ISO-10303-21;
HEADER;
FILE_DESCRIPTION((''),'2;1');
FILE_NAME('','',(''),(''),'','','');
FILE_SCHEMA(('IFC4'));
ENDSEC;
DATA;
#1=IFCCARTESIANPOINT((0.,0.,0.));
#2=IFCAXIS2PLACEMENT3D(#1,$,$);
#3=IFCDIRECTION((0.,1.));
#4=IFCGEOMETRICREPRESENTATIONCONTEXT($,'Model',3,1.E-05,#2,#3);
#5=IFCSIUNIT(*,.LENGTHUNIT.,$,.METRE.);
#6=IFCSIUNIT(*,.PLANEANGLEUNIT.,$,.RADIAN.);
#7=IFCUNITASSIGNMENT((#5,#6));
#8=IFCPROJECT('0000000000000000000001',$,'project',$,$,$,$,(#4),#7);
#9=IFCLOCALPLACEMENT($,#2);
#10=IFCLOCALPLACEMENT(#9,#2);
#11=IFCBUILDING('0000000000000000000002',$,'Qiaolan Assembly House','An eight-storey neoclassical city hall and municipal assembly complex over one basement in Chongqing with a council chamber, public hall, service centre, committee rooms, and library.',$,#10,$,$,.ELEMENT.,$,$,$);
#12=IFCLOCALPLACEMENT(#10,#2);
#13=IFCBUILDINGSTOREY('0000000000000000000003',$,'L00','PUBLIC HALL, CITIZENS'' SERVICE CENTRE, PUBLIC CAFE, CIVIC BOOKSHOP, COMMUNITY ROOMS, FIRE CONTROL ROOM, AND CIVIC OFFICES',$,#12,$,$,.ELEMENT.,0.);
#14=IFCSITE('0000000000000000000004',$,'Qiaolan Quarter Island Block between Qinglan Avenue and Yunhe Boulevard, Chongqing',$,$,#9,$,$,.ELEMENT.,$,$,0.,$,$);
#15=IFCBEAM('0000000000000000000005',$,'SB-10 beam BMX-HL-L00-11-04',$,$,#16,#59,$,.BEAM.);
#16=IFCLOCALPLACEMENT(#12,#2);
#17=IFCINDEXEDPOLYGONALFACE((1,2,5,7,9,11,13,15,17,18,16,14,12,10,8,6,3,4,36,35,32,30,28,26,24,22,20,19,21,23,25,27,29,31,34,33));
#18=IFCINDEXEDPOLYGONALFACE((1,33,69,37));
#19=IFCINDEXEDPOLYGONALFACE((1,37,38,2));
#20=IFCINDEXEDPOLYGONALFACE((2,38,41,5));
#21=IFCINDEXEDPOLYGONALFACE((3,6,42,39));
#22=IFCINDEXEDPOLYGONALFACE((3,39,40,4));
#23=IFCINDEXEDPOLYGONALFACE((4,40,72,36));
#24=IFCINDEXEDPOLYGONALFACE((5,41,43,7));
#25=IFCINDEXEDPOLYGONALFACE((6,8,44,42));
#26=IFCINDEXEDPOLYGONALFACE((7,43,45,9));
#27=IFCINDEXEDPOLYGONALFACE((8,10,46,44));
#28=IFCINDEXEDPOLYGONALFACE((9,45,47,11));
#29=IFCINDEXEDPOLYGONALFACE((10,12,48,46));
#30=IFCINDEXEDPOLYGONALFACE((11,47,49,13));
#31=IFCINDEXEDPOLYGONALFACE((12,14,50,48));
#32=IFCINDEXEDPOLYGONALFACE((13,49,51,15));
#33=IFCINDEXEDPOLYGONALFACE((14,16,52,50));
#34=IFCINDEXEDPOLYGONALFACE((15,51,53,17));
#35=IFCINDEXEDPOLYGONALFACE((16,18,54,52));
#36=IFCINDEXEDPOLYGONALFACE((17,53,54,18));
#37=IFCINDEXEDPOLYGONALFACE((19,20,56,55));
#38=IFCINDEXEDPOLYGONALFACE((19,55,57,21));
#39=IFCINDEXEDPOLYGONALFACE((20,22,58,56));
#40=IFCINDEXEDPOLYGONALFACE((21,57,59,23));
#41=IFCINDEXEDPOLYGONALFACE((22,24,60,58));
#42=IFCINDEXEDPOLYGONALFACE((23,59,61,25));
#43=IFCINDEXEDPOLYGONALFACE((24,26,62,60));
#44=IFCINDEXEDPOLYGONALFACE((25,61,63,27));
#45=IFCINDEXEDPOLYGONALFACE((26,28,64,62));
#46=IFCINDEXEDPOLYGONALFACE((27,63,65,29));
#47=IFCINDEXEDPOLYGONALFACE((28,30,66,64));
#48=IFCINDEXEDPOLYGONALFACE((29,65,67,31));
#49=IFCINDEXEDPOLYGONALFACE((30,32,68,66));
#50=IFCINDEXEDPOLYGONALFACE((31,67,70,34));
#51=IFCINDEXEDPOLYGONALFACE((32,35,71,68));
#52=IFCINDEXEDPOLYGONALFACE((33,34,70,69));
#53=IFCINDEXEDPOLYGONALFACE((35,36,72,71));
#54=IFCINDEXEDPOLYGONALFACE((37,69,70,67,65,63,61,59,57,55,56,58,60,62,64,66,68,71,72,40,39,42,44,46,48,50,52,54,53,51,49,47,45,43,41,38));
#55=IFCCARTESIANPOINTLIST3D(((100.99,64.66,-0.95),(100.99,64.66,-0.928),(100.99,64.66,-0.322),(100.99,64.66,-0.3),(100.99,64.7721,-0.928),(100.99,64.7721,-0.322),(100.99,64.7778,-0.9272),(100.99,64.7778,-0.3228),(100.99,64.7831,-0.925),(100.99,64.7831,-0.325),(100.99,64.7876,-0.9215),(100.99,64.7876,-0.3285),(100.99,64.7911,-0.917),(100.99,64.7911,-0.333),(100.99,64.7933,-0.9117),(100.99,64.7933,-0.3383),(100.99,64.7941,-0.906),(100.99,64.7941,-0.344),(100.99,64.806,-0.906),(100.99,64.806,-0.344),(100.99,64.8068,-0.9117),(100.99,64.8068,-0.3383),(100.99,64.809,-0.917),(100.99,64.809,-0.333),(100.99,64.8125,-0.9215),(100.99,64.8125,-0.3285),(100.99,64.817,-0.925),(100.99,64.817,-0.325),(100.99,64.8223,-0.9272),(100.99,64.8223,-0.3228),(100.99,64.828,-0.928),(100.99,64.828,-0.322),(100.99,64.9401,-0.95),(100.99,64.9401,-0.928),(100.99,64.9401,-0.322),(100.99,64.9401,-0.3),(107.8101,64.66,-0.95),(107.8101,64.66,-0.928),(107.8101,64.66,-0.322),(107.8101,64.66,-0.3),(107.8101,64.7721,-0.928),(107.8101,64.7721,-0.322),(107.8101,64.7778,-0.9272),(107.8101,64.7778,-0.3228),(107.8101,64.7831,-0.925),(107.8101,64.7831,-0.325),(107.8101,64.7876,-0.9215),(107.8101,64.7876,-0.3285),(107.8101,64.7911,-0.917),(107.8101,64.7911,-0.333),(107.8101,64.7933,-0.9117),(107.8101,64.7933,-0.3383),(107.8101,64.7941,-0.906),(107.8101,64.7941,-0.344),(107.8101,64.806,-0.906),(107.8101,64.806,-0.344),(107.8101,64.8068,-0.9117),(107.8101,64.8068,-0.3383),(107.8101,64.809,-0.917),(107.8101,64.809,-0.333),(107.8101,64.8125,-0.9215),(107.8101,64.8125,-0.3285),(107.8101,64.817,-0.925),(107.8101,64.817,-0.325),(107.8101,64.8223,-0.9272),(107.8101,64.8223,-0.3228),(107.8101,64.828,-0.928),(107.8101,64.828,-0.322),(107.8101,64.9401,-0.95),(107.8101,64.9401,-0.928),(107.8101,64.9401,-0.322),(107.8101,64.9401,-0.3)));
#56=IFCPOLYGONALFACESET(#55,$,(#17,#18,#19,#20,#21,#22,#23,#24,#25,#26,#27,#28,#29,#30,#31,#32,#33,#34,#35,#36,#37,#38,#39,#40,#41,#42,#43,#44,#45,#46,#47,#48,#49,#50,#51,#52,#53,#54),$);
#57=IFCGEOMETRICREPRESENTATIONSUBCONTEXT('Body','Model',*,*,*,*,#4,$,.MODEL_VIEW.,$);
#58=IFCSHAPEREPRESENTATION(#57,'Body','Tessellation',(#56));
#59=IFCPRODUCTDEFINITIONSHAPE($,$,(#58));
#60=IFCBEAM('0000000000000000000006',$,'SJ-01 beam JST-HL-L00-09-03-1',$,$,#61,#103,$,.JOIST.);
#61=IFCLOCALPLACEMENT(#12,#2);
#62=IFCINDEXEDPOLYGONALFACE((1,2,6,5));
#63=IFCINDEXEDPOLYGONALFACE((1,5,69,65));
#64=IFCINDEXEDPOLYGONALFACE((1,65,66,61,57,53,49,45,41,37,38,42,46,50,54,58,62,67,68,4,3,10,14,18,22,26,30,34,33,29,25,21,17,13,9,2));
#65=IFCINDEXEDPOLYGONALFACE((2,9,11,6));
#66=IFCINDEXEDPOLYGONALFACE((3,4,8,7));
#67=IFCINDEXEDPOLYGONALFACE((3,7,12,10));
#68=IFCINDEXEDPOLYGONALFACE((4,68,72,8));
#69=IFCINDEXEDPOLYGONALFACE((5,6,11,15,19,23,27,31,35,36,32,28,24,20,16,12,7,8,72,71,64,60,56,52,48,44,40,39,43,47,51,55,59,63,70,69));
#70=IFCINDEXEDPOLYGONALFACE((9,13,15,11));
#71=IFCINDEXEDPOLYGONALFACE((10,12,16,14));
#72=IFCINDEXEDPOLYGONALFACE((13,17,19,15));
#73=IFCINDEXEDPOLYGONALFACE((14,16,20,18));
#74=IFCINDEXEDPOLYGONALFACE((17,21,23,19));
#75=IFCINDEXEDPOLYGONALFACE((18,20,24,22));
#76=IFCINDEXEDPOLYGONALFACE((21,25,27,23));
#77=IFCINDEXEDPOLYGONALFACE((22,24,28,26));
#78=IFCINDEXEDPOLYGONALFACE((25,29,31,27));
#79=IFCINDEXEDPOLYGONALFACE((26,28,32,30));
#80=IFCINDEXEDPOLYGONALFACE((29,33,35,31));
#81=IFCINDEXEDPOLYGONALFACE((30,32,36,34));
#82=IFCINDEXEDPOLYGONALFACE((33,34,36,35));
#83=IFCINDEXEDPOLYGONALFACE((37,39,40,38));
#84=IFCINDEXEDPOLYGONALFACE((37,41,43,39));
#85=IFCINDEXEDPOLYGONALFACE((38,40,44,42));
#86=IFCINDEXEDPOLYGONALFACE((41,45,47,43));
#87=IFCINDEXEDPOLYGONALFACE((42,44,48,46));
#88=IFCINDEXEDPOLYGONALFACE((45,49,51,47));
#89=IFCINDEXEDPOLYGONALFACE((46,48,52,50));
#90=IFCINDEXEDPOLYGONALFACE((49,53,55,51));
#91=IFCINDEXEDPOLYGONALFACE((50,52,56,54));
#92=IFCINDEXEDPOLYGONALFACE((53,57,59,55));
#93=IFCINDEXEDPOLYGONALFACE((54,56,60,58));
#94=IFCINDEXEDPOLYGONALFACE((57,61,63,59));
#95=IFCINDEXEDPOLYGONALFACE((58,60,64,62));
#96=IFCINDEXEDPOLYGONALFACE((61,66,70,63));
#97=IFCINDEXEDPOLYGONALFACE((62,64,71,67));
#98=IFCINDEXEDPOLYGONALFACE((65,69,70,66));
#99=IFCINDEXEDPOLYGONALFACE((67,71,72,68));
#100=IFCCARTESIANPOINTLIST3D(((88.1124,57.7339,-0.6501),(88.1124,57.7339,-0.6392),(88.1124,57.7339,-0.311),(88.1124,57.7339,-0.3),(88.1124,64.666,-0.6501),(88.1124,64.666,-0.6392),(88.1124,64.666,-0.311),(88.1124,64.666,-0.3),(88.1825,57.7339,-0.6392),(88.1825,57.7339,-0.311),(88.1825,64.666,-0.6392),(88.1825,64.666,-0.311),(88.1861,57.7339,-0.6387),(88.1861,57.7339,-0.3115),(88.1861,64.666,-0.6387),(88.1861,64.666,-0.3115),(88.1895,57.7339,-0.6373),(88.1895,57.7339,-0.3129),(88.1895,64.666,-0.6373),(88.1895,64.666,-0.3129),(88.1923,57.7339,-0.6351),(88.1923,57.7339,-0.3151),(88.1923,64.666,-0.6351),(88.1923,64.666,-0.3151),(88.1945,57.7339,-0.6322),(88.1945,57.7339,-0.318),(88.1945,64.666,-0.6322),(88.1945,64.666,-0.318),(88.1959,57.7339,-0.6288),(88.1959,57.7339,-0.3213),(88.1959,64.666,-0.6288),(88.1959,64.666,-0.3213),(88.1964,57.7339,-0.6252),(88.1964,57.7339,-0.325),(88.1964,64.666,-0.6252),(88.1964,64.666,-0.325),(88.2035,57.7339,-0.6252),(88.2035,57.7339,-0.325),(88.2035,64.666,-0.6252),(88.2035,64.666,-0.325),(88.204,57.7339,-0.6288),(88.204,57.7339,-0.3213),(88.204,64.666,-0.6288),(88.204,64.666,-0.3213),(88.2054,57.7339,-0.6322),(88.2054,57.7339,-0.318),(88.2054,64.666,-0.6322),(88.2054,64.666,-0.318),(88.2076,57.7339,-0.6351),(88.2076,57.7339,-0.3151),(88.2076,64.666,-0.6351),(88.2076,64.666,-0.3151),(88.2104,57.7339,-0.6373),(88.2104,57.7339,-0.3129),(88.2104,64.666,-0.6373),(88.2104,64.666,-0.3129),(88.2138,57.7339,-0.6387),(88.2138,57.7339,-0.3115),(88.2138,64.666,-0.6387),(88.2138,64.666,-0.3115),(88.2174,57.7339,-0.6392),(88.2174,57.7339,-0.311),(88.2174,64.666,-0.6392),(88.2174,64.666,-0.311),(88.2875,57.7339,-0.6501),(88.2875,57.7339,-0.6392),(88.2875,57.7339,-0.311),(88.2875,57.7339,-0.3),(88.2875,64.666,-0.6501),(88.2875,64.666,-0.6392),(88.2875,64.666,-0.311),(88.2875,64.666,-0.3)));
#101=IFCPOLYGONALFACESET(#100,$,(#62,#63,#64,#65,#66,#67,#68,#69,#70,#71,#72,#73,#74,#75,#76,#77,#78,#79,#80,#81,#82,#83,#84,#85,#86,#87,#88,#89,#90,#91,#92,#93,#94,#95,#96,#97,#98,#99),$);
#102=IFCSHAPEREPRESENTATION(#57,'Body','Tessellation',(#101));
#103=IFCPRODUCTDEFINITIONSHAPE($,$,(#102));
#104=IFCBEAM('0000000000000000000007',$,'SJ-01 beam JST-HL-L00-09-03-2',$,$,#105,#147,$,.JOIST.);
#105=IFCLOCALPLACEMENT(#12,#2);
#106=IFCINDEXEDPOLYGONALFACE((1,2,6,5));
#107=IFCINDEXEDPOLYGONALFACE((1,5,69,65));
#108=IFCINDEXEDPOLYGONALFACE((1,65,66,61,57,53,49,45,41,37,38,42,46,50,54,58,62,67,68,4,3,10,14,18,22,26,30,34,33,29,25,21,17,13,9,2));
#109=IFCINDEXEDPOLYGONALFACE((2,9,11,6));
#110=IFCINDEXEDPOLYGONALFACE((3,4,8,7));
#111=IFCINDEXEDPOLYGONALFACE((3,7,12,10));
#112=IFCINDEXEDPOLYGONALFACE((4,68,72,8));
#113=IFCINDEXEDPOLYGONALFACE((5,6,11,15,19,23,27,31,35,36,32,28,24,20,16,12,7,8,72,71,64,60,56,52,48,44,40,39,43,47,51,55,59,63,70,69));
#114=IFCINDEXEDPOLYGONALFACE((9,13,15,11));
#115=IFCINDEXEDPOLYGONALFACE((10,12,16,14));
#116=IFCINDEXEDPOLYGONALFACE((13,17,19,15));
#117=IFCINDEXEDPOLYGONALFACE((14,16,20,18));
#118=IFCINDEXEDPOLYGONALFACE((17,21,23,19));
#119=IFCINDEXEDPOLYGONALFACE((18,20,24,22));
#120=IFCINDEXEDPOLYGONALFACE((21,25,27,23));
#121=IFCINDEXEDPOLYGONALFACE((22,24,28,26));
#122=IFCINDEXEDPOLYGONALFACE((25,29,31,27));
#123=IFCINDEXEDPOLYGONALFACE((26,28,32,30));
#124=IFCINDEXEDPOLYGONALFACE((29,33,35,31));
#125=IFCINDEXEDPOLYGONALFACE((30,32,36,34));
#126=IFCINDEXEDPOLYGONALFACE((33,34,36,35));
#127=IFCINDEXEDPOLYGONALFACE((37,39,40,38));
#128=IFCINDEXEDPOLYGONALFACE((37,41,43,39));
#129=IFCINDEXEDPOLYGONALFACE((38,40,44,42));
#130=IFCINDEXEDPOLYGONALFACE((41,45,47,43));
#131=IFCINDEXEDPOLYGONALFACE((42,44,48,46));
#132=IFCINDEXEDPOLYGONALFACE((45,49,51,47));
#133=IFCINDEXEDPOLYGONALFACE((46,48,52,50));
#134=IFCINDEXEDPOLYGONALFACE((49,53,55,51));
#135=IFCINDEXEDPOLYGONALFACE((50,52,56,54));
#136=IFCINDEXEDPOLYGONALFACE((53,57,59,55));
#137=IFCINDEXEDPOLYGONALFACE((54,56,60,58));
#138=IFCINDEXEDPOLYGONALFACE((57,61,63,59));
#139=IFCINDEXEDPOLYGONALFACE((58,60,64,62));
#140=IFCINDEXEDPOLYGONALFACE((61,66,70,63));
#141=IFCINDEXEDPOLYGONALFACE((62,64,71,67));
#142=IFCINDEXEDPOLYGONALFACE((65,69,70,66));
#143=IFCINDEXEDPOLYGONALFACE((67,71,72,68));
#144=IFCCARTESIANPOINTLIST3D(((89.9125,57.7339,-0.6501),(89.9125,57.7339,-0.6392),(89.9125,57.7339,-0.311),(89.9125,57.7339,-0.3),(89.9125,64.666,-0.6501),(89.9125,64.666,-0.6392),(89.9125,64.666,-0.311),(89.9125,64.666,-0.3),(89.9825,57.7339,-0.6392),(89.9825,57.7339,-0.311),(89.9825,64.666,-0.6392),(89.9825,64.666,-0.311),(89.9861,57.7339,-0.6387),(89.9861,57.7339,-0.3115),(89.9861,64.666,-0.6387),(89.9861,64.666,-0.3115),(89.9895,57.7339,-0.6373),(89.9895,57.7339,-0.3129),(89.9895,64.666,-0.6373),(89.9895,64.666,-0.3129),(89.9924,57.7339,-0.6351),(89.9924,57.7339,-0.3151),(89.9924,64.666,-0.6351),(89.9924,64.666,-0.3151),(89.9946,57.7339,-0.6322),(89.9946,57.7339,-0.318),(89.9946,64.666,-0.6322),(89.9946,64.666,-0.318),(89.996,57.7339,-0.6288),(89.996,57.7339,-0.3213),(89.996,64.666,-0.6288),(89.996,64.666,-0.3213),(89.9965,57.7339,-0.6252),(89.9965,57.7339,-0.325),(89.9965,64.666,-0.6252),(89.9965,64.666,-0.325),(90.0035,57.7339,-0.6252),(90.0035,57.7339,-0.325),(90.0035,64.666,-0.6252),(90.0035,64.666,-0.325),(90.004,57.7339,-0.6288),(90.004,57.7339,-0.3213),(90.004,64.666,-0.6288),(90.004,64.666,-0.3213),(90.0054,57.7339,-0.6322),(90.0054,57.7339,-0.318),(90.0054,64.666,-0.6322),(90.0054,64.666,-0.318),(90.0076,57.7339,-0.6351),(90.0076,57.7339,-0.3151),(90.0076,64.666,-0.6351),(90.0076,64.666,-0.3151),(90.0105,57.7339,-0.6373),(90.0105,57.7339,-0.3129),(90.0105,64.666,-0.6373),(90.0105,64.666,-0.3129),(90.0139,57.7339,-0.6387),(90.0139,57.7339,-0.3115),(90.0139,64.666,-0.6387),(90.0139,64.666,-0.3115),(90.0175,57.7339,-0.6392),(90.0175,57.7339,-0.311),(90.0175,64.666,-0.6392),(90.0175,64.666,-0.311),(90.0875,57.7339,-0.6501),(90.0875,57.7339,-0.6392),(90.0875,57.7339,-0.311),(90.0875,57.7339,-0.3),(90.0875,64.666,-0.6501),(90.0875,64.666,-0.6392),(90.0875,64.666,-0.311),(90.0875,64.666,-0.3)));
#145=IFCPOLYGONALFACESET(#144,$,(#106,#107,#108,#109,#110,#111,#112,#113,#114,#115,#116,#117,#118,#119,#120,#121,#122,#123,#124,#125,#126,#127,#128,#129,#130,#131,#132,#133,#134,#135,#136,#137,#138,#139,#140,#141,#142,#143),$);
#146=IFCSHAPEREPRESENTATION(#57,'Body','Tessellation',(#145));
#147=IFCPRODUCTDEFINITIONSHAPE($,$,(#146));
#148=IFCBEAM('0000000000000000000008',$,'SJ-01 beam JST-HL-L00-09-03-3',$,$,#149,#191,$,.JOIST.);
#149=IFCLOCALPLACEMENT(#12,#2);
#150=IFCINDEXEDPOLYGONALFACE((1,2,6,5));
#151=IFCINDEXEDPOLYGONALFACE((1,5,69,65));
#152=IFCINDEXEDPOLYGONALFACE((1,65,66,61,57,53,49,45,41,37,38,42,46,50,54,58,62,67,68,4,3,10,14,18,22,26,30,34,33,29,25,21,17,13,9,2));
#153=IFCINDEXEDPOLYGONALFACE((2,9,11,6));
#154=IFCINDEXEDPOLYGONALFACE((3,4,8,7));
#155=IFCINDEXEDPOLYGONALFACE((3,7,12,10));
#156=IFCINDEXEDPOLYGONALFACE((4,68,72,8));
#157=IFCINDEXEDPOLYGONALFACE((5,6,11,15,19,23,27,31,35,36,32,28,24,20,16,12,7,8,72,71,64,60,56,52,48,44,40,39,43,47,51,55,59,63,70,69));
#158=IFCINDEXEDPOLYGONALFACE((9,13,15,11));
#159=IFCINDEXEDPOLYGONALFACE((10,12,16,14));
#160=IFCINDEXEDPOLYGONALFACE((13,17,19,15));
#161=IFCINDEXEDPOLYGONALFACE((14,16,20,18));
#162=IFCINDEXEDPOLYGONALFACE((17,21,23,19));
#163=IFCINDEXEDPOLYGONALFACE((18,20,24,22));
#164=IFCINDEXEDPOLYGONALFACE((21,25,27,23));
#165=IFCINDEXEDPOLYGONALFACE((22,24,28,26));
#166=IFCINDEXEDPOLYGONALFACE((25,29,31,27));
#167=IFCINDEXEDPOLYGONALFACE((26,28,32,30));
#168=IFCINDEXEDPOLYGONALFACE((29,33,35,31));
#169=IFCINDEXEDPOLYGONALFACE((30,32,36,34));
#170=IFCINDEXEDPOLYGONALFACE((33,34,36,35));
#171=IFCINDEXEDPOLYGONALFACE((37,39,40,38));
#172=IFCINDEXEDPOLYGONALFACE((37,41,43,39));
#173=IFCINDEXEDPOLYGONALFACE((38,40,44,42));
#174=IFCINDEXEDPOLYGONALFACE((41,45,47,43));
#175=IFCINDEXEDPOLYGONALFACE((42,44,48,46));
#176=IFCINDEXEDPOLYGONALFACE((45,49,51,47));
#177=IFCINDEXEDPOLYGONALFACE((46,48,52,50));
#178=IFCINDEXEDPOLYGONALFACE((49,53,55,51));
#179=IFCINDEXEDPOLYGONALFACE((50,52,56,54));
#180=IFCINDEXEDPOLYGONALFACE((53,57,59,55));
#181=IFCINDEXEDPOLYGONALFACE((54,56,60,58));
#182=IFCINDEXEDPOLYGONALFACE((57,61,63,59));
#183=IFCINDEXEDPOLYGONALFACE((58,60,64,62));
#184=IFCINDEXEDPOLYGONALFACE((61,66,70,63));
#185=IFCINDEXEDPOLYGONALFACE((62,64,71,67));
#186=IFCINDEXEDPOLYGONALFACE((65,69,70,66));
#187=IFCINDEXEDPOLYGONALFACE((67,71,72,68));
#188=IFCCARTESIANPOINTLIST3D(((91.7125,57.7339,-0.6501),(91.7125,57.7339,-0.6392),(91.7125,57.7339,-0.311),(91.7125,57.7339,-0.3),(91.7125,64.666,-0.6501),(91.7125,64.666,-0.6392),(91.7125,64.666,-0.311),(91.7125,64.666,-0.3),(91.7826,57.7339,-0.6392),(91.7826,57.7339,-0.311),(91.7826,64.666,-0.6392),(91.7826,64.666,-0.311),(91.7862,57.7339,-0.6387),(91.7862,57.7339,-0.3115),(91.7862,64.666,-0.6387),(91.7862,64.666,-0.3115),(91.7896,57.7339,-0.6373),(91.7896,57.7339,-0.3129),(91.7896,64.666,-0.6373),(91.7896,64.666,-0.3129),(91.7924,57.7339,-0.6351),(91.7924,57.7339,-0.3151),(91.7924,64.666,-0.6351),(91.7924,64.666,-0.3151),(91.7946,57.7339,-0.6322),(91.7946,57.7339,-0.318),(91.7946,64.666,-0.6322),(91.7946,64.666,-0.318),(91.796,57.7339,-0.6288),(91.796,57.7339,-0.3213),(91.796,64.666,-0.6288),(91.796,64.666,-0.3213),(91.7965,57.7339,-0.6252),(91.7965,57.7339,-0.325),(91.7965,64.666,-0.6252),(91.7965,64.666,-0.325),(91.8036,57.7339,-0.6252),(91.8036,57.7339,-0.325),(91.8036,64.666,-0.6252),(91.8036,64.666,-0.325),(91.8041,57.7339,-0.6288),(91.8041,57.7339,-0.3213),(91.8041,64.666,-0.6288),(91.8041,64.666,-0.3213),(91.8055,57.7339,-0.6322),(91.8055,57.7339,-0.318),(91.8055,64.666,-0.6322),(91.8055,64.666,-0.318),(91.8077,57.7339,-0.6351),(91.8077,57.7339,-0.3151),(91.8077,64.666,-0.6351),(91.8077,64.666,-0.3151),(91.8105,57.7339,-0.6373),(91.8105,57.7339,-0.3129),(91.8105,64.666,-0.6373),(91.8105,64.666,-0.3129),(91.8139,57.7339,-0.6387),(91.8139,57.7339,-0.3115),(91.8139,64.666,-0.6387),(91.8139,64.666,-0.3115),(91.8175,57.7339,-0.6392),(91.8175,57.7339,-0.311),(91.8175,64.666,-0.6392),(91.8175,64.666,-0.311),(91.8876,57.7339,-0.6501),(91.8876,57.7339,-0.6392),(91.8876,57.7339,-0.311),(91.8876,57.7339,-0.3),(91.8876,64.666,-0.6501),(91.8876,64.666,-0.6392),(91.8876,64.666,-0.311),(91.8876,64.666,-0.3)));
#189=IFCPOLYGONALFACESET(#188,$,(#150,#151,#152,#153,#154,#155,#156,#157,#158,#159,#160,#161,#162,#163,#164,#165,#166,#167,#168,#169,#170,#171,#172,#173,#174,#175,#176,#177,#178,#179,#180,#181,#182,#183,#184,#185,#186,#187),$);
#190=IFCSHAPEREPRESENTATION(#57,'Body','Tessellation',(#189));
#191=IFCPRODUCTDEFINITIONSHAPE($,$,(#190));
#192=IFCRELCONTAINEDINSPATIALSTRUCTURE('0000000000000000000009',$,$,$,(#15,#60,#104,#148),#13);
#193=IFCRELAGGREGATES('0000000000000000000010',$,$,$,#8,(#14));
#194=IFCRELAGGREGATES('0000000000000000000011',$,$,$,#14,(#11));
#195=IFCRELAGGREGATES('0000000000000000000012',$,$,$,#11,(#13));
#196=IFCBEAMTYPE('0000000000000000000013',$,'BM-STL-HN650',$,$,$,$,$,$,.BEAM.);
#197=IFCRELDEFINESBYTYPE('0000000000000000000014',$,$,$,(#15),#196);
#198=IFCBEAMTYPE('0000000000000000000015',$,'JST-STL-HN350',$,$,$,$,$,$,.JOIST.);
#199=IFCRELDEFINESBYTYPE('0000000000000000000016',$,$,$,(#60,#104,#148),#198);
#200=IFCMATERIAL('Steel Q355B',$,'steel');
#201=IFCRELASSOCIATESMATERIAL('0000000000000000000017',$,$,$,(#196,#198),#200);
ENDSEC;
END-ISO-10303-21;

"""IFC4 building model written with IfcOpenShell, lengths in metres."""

from ifc_helpers import new_model, si_unit, direction, frame, origin, origin_2d, place, context, subcontext, project, spatial, i_section, extrude, material, material_profile, profile_set, type_object, element, save


model = new_model("IFC4")

# Units and contexts
model_context = context("Model", 3, precision=1e-05, world=origin(), true_north=direction((0.0, 1.0)))
body_context = subcontext(model_context, "Body", "Model", "MODEL_VIEW")
ifc_project = project(units=[si_unit("LENGTHUNIT", "METRE"), si_unit("PLANEANGLEUNIT", "RADIAN")], contexts=[model_context])

# Site, building, storey
site_placement = place(None, origin())
site = spatial("IfcSite", under=ifc_project, at=site_placement, Name="Qiaolan Quarter Island Block between Qinglan Avenue and Yunhe Boulevard, Chongqing", CompositionType="ELEMENT", RefElevation=0.0)
building_placement = place(site_placement, origin())
building = spatial("IfcBuilding", under=site, at=building_placement, Name="Qiaolan Assembly House", Description="An eight-storey neoclassical city hall and municipal assembly complex over one basement in Chongqing with a council chamber, public hall, service centre, committee rooms, and library.", CompositionType="ELEMENT")
storey_placement = place(building_placement, origin())
storey = spatial("IfcBuildingStorey", under=building, at=storey_placement, Name="L00", Description="PUBLIC HALL, CITIZENS' SERVICE CENTRE, PUBLIC CAFE, CIVIC BOOKSHOP, COMMUNITY ROOMS, FIRE CONTROL ROOM, AND CIVIC OFFICES", CompositionType="ELEMENT", Elevation=0.0)

# Shared definitions
ifc_material = material(Name="Steel Q355B", Category="steel")

# Beams
ifc_material_profile_1 = material_profile(ifc_material, i_section(OverallWidth=0.28, OverallDepth=0.6499, WebThickness=0.012, FlangeThickness=0.022, FilletRadius=0.022, at=origin_2d()), Name="HN 650x280x12x22")
ifc_profile_set_1 = profile_set([ifc_material_profile_1], Name="Steel Q355B")
beam_type_1 = type_object("IfcBeamType", Name="BM-STL-HN650", PredefinedType="BEAM", material=ifc_profile_set_1)
beam_1_placement = place(storey_placement, frame((100.99, 64.8, -0.625), z_axis=(1.0, 0.0, 0.0), x_axis=(0.0, 1.0, 0.0)))
element("IfcBeam", 1, at=beam_1_placement, inside=storey, type_object=beam_type_1, Name="SB-10 beam BMX-HL-L00-11-04", PredefinedType="BEAM", context=body_context, shape_type="SweptSolid", body=[
    extrude(i_section(OverallWidth=0.28, OverallDepth=0.6499, WebThickness=0.012, FlangeThickness=0.022, FilletRadius=0.022, at=origin_2d()), origin(), (0.0, 0.0, 1.0), 6.8201),
])
ifc_material_profile_2 = material_profile(ifc_material, i_section(OverallWidth=0.175, OverallDepth=0.3501, WebThickness=0.0071, FlangeThickness=0.011, FilletRadius=0.0139, at=origin_2d()), Name="HN 350x175x7x11")
ifc_profile_set_2 = profile_set([ifc_material_profile_2], Name="Steel Q355B")
beam_type_2 = type_object("IfcBeamType", Name="JST-STL-HN350", PredefinedType="JOIST", material=ifc_profile_set_2)
for number, where, z_axis, x_axis, name in (
    (2, (88.2, 57.7339, -0.4751), (0.0, 1.0, 0.0), (-1.0, 0.0, 0.0), "SJ-01 beam JST-HL-L00-09-03-1"),
    (3, (90.0, 57.7339, -0.4751), (0.0, 1.0, 0.0), (-1.0, 0.0, 0.0), "SJ-01 beam JST-HL-L00-09-03-2"),
    (4, (91.8, 57.7339, -0.4751), (0.0, 1.0, 0.0), (-1.0, 0.0, 0.0), "SJ-01 beam JST-HL-L00-09-03-3"),
):
    element("IfcBeam", number, at=place(storey_placement, frame(where, z_axis=z_axis, x_axis=x_axis)), inside=storey, type_object=beam_type_2, Name=name, PredefinedType="JOIST", context=body_context, shape_type="SweptSolid", body=[
        extrude(i_section(OverallWidth=0.175, OverallDepth=0.3501, WebThickness=0.0071, FlangeThickness=0.011, FilletRadius=0.0139, at=origin_2d()), origin(), (0.0, 0.0, 1.0), 6.9321),
    ])

save(model, "model.ifc")
